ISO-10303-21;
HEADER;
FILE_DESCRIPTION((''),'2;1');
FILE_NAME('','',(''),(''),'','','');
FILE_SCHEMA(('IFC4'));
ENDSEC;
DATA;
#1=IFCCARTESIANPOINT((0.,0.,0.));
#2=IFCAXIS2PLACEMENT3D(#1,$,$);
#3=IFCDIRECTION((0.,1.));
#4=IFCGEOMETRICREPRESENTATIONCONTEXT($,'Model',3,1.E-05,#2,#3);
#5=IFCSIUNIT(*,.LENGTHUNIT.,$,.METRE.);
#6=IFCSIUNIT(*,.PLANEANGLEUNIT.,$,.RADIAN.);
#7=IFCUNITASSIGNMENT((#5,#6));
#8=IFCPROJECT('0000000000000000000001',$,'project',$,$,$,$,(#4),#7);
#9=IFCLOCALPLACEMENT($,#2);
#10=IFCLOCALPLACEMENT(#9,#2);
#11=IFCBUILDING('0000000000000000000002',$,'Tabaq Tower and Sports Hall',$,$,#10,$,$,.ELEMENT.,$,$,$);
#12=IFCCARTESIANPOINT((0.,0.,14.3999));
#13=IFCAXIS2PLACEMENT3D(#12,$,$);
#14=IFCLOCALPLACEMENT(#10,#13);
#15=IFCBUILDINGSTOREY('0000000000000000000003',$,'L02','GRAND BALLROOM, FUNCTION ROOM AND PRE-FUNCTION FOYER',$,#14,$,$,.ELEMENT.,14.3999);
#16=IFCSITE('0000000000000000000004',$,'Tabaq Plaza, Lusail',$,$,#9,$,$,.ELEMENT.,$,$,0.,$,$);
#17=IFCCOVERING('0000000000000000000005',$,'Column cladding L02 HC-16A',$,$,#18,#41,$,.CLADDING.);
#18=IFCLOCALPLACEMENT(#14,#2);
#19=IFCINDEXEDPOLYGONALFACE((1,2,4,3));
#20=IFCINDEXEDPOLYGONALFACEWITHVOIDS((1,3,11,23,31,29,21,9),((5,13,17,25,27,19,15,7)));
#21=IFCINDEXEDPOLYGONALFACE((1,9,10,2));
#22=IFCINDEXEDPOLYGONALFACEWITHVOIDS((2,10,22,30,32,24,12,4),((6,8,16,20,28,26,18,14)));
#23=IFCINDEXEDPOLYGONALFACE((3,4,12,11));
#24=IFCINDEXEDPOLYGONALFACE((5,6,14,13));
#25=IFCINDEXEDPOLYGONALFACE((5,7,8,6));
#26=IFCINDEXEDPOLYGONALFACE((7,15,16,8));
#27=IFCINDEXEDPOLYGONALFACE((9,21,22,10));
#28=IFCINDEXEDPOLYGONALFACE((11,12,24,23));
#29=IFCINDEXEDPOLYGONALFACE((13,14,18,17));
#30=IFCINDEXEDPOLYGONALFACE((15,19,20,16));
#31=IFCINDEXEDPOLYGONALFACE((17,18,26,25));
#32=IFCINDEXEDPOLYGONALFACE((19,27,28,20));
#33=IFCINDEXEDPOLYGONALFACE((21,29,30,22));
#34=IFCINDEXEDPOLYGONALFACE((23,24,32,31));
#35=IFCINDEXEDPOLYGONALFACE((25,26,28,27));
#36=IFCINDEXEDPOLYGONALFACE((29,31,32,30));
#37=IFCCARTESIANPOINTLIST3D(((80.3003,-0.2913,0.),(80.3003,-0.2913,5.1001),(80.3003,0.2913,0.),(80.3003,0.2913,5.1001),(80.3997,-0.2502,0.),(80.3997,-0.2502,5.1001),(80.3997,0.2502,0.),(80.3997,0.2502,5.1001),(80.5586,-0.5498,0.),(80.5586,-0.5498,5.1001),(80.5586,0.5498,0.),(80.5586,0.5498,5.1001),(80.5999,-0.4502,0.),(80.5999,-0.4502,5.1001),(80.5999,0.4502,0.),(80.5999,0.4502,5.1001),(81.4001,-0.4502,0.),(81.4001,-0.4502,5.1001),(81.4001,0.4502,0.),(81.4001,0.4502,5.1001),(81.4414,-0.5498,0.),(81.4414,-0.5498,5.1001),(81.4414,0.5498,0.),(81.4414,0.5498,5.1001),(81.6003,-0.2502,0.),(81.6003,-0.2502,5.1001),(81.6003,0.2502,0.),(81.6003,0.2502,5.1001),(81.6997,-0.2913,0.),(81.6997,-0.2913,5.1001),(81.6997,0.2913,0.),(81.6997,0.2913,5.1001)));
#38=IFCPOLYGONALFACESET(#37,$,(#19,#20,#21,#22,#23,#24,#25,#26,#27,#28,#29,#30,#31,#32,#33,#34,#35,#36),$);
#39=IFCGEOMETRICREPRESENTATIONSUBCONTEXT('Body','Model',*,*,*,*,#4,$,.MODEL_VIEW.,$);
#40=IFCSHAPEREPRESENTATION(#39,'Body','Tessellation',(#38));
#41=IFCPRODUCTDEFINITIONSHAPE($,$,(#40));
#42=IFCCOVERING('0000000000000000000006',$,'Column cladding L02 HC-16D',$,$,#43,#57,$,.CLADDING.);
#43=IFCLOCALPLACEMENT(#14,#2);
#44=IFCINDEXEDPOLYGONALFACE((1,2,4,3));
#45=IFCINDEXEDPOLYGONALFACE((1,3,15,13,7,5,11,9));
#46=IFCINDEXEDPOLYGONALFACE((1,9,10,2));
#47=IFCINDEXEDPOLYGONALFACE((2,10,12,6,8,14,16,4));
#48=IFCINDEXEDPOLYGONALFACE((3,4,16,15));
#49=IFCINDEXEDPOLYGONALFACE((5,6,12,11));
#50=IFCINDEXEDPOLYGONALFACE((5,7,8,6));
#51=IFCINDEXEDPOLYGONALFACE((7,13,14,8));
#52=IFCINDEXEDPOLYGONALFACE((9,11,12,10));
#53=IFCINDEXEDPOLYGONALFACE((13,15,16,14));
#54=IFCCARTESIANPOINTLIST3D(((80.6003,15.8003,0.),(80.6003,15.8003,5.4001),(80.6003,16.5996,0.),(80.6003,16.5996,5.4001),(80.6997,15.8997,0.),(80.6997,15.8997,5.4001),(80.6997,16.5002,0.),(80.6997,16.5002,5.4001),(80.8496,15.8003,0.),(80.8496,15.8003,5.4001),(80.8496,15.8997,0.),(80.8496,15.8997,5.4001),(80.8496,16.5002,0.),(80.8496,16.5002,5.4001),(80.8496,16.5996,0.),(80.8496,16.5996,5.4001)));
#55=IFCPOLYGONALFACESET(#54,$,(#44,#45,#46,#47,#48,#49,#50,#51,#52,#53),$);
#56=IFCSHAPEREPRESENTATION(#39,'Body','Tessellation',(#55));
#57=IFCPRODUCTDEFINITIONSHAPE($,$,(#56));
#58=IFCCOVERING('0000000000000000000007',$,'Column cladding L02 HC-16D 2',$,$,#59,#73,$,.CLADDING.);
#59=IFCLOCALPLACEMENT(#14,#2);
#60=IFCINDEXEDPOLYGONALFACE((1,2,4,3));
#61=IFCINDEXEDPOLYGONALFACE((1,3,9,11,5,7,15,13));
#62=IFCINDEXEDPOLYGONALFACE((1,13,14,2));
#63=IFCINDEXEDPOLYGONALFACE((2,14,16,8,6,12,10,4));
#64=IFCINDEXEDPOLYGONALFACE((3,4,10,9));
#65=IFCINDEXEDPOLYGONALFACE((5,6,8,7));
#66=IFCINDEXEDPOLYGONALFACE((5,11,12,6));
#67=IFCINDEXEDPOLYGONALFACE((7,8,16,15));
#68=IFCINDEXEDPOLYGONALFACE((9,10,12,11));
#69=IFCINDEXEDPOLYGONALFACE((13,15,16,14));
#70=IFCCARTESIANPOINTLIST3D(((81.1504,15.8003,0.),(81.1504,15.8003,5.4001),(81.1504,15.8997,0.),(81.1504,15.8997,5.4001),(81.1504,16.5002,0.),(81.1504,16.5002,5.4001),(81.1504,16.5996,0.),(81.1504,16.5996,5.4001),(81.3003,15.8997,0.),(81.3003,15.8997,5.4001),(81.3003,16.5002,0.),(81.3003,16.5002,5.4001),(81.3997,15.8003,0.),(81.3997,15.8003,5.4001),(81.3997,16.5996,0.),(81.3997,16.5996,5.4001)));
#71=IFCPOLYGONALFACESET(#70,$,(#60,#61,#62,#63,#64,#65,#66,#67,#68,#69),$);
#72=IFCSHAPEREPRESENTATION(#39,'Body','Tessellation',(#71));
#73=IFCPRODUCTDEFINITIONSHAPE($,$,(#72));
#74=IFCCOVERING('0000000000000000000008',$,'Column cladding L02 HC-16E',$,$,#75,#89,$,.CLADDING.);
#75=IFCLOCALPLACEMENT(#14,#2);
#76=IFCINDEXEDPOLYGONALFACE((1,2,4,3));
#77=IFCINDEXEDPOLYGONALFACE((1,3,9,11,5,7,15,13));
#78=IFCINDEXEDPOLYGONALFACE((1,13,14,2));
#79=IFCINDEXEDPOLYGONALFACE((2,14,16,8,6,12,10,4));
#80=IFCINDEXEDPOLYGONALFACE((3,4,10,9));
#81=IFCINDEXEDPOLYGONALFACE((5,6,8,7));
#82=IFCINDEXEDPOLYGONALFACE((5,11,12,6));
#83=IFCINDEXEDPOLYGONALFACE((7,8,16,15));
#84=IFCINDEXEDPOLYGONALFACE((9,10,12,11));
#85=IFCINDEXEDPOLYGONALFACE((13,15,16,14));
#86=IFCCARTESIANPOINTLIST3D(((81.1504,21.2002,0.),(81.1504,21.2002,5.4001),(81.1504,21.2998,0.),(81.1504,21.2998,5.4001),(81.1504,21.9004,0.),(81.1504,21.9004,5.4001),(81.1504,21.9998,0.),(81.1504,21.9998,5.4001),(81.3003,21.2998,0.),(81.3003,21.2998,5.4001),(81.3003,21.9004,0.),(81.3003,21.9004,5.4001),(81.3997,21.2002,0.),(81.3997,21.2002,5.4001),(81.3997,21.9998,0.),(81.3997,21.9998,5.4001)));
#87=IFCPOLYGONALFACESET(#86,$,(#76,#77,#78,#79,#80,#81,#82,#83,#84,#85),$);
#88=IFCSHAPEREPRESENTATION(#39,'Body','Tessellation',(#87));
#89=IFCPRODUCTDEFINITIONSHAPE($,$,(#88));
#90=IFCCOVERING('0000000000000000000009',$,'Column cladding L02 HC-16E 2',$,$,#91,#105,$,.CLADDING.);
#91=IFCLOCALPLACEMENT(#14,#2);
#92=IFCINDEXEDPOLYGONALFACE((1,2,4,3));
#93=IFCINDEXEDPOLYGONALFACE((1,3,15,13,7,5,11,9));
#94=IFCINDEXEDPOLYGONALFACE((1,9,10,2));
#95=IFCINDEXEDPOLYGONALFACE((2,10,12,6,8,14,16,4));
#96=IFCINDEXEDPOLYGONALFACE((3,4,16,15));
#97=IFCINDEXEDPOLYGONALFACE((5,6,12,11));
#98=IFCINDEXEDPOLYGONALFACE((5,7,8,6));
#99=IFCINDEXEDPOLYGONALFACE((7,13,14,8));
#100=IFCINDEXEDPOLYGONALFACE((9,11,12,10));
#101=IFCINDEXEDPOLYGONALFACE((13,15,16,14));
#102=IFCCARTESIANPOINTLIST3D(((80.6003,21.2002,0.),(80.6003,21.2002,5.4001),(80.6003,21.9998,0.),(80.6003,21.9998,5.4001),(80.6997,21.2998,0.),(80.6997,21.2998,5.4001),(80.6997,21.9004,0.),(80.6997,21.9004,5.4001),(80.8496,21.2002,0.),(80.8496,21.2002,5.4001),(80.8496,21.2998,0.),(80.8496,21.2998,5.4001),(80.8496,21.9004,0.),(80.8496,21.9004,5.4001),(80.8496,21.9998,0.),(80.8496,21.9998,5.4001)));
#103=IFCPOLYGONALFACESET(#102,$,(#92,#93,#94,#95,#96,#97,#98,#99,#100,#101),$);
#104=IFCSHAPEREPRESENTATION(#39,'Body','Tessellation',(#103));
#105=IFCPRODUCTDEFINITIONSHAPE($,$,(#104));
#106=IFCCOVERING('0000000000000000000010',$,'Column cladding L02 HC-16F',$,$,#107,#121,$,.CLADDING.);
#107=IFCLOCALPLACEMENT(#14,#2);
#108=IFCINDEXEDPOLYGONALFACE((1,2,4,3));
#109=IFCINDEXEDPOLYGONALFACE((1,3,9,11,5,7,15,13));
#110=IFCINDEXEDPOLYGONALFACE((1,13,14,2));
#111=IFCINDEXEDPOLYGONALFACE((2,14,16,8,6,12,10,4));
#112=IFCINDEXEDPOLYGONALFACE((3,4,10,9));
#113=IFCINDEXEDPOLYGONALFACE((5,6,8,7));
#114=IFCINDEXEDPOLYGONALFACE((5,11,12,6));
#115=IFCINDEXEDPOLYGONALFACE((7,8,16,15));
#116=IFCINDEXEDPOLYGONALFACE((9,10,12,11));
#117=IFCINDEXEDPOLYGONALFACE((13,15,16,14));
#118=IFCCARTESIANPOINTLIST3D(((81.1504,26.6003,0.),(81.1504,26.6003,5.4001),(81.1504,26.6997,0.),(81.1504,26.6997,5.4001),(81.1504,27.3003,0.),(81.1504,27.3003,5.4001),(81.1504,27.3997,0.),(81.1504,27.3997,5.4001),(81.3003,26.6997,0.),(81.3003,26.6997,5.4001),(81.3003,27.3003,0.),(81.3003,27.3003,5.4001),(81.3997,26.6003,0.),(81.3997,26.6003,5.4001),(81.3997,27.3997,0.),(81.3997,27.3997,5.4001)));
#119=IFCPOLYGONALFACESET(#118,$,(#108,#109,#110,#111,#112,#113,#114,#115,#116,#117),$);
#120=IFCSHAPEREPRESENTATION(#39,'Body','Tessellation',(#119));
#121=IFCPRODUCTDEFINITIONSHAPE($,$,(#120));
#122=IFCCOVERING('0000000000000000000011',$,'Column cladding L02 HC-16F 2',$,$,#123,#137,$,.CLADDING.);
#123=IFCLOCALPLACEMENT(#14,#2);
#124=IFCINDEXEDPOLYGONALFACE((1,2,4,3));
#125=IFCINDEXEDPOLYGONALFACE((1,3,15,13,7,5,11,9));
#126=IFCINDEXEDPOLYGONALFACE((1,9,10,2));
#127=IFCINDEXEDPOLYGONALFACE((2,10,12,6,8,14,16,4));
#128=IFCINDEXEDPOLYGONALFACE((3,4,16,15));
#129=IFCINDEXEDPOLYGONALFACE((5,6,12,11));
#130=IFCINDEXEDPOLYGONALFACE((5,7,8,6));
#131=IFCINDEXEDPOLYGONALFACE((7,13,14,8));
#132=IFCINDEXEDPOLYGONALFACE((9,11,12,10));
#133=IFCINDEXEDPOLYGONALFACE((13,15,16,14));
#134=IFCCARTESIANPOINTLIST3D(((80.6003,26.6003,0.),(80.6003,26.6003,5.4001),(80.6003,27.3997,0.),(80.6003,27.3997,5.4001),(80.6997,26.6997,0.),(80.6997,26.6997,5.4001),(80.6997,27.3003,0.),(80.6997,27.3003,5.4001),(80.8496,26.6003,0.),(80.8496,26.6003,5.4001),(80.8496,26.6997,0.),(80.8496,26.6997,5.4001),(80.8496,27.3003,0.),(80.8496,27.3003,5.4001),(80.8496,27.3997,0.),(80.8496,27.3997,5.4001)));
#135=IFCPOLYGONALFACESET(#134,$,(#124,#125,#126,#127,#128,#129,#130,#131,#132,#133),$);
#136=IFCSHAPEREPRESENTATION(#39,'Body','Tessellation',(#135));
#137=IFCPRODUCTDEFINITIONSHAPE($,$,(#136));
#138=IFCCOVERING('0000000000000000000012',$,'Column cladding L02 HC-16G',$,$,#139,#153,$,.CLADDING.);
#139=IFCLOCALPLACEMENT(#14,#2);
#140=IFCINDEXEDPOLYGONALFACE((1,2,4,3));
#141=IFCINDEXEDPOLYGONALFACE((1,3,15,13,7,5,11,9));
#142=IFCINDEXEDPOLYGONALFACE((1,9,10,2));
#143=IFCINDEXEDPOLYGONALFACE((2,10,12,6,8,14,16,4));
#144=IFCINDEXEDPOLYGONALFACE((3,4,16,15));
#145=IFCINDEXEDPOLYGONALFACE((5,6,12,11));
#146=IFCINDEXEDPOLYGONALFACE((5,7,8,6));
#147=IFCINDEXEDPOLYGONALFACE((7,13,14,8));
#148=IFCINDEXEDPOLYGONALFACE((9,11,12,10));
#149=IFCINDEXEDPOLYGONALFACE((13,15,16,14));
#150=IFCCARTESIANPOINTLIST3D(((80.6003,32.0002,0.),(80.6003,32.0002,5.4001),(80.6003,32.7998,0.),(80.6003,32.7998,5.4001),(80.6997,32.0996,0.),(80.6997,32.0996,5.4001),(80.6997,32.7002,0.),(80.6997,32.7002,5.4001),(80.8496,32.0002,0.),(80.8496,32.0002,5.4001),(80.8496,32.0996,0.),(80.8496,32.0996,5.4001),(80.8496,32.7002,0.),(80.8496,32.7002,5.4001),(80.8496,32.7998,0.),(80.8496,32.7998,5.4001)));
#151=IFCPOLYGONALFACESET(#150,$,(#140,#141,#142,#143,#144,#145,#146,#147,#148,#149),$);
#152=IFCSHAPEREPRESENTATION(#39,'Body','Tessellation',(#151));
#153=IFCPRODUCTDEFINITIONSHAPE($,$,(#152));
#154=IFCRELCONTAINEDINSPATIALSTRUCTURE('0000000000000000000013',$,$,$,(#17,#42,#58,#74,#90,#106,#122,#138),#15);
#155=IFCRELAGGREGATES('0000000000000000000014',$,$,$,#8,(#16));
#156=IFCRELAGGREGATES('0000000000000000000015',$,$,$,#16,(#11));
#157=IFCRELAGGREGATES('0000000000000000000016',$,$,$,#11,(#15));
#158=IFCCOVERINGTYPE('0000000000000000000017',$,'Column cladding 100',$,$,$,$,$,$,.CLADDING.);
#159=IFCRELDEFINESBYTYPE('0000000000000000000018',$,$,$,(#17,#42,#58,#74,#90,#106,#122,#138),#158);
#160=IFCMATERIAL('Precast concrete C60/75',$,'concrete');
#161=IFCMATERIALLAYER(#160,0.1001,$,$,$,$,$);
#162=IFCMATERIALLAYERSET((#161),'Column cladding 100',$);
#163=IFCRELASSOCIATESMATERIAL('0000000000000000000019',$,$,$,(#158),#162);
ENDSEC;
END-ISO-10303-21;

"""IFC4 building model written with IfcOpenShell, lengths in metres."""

from ifc_helpers import new_model, si_unit, direction, frame, origin, place, context, subcontext, project, spatial, polyline, outline, extrude, material, layer, layer_set, type_object, element, save


model = new_model("IFC4")

# Units and contexts
model_context = context("Model", 3, precision=1e-05, world=origin(), true_north=direction((0.0, 1.0)))
body_context = subcontext(model_context, "Body", "Model", "MODEL_VIEW")
ifc_project = project(units=[si_unit("LENGTHUNIT", "METRE"), si_unit("PLANEANGLEUNIT", "RADIAN")], contexts=[model_context])

# Site, building, storey
site_placement = place(None, origin())
site = spatial("IfcSite", under=ifc_project, at=site_placement, Name="Tabaq Plaza, Lusail", CompositionType="ELEMENT", RefElevation=0.0)
building_placement = place(site_placement, origin())
building = spatial("IfcBuilding", under=site, at=building_placement, Name="Tabaq Tower and Sports Hall", CompositionType="ELEMENT")
storey_placement = place(building_placement, frame((0.0, 0.0, 14.3999)))
storey = spatial("IfcBuildingStorey", under=building, at=storey_placement, Name="L02", Description="GRAND BALLROOM, FUNCTION ROOM AND PRE-FUNCTION FOYER", CompositionType="ELEMENT", Elevation=14.3999)

# Coverings
ifc_material_1 = material(Name="Precast concrete C60/75", Category="concrete")
ifc_layer_1 = layer(ifc_material_1, 0.1001)
ifc_layer_set_1 = layer_set([ifc_layer_1], Name="Column cladding 100")
covering_type = type_object("IfcCoveringType", Name="Column cladding 100", PredefinedType="CLADDING", material=ifc_layer_set_1)
covering_1_placement = place(storey_placement, origin())
element("IfcCovering", 1, at=covering_1_placement, inside=storey, type_object=covering_type, Name="Column cladding L02 HC-16A", PredefinedType="CLADDING", context=body_context, shape_type="SweptSolid", body=[
    extrude(outline(polyline([(80.3003, -0.2913), (80.3003, 0.2913), (80.5586, 0.5498), (81.4414, 0.5498), (81.6997, 0.2913), (81.6997, -0.2913), (81.4414, -0.5498), (80.5586, -0.5498), (80.3003, -0.2913)]), holes=[polyline([(81.4001, -0.4502), (81.6003, -0.2502), (81.6003, 0.2502), (81.4001, 0.4502), (80.5999, 0.4502), (80.3997, 0.2502), (80.3997, -0.2502), (80.5999, -0.4502), (81.4001, -0.4502)])]), origin(), (0.0, 0.0, 1.0), 5.1001),
])
covering_2_placement = place(storey_placement, origin())
element("IfcCovering", 2, at=covering_2_placement, inside=storey, type_object=covering_type, Name="Column cladding L02 HC-16D", PredefinedType="CLADDING", context=body_context, shape_type="SweptSolid", body=[
    extrude(outline(polyline([(80.8496, 16.5996), (80.8496, 16.5002), (80.6997, 16.5002), (80.6997, 15.8997), (80.8496, 15.8997), (80.8496, 15.8003), (80.6003, 15.8003), (80.6003, 16.5996), (80.8496, 16.5996)])), origin(), (0.0, 0.0, 1.0), 5.4001),
])
covering_3_placement = place(storey_placement, origin())
element("IfcCovering", 3, at=covering_3_placement, inside=storey, type_object=covering_type, Name="Column cladding L02 HC-16D 2", PredefinedType="CLADDING", context=body_context, shape_type="SweptSolid", body=[
    extrude(outline(polyline([(81.3997, 16.5996), (81.3997, 15.8003), (81.1504, 15.8003), (81.1504, 15.8997), (81.3003, 15.8997), (81.3003, 16.5002), (81.1504, 16.5002), (81.1504, 16.5996), (81.3997, 16.5996)])), origin(), (0.0, 0.0, 1.0), 5.4001),
])
covering_4_placement = place(storey_placement, origin())
element("IfcCovering", 4, at=covering_4_placement, inside=storey, type_object=covering_type, Name="Column cladding L02 HC-16E", PredefinedType="CLADDING", context=body_context, shape_type="SweptSolid", body=[
    extrude(outline(polyline([(81.3997, 21.9998), (81.3997, 21.2002), (81.1504, 21.2002), (81.1504, 21.2998), (81.3003, 21.2998), (81.3003, 21.9004), (81.1504, 21.9004), (81.1504, 21.9998), (81.3997, 21.9998)])), origin(), (0.0, 0.0, 1.0), 5.4001),
])
covering_5_placement = place(storey_placement, origin())
element("IfcCovering", 5, at=covering_5_placement, inside=storey, type_object=covering_type, Name="Column cladding L02 HC-16E 2", PredefinedType="CLADDING", context=body_context, shape_type="SweptSolid", body=[
    extrude(outline(polyline([(80.8496, 21.9998), (80.8496, 21.9004), (80.6997, 21.9004), (80.6997, 21.2998), (80.8496, 21.2998), (80.8496, 21.2002), (80.6003, 21.2002), (80.6003, 21.9998), (80.8496, 21.9998)])), origin(), (0.0, 0.0, 1.0), 5.4001),
])
covering_6_placement = place(storey_placement, origin())
element("IfcCovering", 6, at=covering_6_placement, inside=storey, type_object=covering_type, Name="Column cladding L02 HC-16F", PredefinedType="CLADDING", context=body_context, shape_type="SweptSolid", body=[
    extrude(outline(polyline([(81.3997, 27.3997), (81.3997, 26.6003), (81.1504, 26.6003), (81.1504, 26.6997), (81.3003, 26.6997), (81.3003, 27.3003), (81.1504, 27.3003), (81.1504, 27.3997), (81.3997, 27.3997)])), origin(), (0.0, 0.0, 1.0), 5.4001),
])
covering_7_placement = place(storey_placement, origin())
element("IfcCovering", 7, at=covering_7_placement, inside=storey, type_object=covering_type, Name="Column cladding L02 HC-16F 2", PredefinedType="CLADDING", context=body_context, shape_type="SweptSolid", body=[
    extrude(outline(polyline([(80.8496, 27.3997), (80.8496, 27.3003), (80.6997, 27.3003), (80.6997, 26.6997), (80.8496, 26.6997), (80.8496, 26.6003), (80.6003, 26.6003), (80.6003, 27.3997), (80.8496, 27.3997)])), origin(), (0.0, 0.0, 1.0), 5.4001),
])
covering_8_placement = place(storey_placement, origin())
element("IfcCovering", 8, at=covering_8_placement, inside=storey, type_object=covering_type, Name="Column cladding L02 HC-16G", PredefinedType="CLADDING", context=body_context, shape_type="SweptSolid", body=[
    extrude(outline(polyline([(80.8496, 32.7998), (80.8496, 32.7002), (80.6997, 32.7002), (80.6997, 32.0996), (80.8496, 32.0996), (80.8496, 32.0002), (80.6003, 32.0002), (80.6003, 32.7998), (80.8496, 32.7998)])), origin(), (0.0, 0.0, 1.0), 5.4001),
])

save(model, "model.ifc")
